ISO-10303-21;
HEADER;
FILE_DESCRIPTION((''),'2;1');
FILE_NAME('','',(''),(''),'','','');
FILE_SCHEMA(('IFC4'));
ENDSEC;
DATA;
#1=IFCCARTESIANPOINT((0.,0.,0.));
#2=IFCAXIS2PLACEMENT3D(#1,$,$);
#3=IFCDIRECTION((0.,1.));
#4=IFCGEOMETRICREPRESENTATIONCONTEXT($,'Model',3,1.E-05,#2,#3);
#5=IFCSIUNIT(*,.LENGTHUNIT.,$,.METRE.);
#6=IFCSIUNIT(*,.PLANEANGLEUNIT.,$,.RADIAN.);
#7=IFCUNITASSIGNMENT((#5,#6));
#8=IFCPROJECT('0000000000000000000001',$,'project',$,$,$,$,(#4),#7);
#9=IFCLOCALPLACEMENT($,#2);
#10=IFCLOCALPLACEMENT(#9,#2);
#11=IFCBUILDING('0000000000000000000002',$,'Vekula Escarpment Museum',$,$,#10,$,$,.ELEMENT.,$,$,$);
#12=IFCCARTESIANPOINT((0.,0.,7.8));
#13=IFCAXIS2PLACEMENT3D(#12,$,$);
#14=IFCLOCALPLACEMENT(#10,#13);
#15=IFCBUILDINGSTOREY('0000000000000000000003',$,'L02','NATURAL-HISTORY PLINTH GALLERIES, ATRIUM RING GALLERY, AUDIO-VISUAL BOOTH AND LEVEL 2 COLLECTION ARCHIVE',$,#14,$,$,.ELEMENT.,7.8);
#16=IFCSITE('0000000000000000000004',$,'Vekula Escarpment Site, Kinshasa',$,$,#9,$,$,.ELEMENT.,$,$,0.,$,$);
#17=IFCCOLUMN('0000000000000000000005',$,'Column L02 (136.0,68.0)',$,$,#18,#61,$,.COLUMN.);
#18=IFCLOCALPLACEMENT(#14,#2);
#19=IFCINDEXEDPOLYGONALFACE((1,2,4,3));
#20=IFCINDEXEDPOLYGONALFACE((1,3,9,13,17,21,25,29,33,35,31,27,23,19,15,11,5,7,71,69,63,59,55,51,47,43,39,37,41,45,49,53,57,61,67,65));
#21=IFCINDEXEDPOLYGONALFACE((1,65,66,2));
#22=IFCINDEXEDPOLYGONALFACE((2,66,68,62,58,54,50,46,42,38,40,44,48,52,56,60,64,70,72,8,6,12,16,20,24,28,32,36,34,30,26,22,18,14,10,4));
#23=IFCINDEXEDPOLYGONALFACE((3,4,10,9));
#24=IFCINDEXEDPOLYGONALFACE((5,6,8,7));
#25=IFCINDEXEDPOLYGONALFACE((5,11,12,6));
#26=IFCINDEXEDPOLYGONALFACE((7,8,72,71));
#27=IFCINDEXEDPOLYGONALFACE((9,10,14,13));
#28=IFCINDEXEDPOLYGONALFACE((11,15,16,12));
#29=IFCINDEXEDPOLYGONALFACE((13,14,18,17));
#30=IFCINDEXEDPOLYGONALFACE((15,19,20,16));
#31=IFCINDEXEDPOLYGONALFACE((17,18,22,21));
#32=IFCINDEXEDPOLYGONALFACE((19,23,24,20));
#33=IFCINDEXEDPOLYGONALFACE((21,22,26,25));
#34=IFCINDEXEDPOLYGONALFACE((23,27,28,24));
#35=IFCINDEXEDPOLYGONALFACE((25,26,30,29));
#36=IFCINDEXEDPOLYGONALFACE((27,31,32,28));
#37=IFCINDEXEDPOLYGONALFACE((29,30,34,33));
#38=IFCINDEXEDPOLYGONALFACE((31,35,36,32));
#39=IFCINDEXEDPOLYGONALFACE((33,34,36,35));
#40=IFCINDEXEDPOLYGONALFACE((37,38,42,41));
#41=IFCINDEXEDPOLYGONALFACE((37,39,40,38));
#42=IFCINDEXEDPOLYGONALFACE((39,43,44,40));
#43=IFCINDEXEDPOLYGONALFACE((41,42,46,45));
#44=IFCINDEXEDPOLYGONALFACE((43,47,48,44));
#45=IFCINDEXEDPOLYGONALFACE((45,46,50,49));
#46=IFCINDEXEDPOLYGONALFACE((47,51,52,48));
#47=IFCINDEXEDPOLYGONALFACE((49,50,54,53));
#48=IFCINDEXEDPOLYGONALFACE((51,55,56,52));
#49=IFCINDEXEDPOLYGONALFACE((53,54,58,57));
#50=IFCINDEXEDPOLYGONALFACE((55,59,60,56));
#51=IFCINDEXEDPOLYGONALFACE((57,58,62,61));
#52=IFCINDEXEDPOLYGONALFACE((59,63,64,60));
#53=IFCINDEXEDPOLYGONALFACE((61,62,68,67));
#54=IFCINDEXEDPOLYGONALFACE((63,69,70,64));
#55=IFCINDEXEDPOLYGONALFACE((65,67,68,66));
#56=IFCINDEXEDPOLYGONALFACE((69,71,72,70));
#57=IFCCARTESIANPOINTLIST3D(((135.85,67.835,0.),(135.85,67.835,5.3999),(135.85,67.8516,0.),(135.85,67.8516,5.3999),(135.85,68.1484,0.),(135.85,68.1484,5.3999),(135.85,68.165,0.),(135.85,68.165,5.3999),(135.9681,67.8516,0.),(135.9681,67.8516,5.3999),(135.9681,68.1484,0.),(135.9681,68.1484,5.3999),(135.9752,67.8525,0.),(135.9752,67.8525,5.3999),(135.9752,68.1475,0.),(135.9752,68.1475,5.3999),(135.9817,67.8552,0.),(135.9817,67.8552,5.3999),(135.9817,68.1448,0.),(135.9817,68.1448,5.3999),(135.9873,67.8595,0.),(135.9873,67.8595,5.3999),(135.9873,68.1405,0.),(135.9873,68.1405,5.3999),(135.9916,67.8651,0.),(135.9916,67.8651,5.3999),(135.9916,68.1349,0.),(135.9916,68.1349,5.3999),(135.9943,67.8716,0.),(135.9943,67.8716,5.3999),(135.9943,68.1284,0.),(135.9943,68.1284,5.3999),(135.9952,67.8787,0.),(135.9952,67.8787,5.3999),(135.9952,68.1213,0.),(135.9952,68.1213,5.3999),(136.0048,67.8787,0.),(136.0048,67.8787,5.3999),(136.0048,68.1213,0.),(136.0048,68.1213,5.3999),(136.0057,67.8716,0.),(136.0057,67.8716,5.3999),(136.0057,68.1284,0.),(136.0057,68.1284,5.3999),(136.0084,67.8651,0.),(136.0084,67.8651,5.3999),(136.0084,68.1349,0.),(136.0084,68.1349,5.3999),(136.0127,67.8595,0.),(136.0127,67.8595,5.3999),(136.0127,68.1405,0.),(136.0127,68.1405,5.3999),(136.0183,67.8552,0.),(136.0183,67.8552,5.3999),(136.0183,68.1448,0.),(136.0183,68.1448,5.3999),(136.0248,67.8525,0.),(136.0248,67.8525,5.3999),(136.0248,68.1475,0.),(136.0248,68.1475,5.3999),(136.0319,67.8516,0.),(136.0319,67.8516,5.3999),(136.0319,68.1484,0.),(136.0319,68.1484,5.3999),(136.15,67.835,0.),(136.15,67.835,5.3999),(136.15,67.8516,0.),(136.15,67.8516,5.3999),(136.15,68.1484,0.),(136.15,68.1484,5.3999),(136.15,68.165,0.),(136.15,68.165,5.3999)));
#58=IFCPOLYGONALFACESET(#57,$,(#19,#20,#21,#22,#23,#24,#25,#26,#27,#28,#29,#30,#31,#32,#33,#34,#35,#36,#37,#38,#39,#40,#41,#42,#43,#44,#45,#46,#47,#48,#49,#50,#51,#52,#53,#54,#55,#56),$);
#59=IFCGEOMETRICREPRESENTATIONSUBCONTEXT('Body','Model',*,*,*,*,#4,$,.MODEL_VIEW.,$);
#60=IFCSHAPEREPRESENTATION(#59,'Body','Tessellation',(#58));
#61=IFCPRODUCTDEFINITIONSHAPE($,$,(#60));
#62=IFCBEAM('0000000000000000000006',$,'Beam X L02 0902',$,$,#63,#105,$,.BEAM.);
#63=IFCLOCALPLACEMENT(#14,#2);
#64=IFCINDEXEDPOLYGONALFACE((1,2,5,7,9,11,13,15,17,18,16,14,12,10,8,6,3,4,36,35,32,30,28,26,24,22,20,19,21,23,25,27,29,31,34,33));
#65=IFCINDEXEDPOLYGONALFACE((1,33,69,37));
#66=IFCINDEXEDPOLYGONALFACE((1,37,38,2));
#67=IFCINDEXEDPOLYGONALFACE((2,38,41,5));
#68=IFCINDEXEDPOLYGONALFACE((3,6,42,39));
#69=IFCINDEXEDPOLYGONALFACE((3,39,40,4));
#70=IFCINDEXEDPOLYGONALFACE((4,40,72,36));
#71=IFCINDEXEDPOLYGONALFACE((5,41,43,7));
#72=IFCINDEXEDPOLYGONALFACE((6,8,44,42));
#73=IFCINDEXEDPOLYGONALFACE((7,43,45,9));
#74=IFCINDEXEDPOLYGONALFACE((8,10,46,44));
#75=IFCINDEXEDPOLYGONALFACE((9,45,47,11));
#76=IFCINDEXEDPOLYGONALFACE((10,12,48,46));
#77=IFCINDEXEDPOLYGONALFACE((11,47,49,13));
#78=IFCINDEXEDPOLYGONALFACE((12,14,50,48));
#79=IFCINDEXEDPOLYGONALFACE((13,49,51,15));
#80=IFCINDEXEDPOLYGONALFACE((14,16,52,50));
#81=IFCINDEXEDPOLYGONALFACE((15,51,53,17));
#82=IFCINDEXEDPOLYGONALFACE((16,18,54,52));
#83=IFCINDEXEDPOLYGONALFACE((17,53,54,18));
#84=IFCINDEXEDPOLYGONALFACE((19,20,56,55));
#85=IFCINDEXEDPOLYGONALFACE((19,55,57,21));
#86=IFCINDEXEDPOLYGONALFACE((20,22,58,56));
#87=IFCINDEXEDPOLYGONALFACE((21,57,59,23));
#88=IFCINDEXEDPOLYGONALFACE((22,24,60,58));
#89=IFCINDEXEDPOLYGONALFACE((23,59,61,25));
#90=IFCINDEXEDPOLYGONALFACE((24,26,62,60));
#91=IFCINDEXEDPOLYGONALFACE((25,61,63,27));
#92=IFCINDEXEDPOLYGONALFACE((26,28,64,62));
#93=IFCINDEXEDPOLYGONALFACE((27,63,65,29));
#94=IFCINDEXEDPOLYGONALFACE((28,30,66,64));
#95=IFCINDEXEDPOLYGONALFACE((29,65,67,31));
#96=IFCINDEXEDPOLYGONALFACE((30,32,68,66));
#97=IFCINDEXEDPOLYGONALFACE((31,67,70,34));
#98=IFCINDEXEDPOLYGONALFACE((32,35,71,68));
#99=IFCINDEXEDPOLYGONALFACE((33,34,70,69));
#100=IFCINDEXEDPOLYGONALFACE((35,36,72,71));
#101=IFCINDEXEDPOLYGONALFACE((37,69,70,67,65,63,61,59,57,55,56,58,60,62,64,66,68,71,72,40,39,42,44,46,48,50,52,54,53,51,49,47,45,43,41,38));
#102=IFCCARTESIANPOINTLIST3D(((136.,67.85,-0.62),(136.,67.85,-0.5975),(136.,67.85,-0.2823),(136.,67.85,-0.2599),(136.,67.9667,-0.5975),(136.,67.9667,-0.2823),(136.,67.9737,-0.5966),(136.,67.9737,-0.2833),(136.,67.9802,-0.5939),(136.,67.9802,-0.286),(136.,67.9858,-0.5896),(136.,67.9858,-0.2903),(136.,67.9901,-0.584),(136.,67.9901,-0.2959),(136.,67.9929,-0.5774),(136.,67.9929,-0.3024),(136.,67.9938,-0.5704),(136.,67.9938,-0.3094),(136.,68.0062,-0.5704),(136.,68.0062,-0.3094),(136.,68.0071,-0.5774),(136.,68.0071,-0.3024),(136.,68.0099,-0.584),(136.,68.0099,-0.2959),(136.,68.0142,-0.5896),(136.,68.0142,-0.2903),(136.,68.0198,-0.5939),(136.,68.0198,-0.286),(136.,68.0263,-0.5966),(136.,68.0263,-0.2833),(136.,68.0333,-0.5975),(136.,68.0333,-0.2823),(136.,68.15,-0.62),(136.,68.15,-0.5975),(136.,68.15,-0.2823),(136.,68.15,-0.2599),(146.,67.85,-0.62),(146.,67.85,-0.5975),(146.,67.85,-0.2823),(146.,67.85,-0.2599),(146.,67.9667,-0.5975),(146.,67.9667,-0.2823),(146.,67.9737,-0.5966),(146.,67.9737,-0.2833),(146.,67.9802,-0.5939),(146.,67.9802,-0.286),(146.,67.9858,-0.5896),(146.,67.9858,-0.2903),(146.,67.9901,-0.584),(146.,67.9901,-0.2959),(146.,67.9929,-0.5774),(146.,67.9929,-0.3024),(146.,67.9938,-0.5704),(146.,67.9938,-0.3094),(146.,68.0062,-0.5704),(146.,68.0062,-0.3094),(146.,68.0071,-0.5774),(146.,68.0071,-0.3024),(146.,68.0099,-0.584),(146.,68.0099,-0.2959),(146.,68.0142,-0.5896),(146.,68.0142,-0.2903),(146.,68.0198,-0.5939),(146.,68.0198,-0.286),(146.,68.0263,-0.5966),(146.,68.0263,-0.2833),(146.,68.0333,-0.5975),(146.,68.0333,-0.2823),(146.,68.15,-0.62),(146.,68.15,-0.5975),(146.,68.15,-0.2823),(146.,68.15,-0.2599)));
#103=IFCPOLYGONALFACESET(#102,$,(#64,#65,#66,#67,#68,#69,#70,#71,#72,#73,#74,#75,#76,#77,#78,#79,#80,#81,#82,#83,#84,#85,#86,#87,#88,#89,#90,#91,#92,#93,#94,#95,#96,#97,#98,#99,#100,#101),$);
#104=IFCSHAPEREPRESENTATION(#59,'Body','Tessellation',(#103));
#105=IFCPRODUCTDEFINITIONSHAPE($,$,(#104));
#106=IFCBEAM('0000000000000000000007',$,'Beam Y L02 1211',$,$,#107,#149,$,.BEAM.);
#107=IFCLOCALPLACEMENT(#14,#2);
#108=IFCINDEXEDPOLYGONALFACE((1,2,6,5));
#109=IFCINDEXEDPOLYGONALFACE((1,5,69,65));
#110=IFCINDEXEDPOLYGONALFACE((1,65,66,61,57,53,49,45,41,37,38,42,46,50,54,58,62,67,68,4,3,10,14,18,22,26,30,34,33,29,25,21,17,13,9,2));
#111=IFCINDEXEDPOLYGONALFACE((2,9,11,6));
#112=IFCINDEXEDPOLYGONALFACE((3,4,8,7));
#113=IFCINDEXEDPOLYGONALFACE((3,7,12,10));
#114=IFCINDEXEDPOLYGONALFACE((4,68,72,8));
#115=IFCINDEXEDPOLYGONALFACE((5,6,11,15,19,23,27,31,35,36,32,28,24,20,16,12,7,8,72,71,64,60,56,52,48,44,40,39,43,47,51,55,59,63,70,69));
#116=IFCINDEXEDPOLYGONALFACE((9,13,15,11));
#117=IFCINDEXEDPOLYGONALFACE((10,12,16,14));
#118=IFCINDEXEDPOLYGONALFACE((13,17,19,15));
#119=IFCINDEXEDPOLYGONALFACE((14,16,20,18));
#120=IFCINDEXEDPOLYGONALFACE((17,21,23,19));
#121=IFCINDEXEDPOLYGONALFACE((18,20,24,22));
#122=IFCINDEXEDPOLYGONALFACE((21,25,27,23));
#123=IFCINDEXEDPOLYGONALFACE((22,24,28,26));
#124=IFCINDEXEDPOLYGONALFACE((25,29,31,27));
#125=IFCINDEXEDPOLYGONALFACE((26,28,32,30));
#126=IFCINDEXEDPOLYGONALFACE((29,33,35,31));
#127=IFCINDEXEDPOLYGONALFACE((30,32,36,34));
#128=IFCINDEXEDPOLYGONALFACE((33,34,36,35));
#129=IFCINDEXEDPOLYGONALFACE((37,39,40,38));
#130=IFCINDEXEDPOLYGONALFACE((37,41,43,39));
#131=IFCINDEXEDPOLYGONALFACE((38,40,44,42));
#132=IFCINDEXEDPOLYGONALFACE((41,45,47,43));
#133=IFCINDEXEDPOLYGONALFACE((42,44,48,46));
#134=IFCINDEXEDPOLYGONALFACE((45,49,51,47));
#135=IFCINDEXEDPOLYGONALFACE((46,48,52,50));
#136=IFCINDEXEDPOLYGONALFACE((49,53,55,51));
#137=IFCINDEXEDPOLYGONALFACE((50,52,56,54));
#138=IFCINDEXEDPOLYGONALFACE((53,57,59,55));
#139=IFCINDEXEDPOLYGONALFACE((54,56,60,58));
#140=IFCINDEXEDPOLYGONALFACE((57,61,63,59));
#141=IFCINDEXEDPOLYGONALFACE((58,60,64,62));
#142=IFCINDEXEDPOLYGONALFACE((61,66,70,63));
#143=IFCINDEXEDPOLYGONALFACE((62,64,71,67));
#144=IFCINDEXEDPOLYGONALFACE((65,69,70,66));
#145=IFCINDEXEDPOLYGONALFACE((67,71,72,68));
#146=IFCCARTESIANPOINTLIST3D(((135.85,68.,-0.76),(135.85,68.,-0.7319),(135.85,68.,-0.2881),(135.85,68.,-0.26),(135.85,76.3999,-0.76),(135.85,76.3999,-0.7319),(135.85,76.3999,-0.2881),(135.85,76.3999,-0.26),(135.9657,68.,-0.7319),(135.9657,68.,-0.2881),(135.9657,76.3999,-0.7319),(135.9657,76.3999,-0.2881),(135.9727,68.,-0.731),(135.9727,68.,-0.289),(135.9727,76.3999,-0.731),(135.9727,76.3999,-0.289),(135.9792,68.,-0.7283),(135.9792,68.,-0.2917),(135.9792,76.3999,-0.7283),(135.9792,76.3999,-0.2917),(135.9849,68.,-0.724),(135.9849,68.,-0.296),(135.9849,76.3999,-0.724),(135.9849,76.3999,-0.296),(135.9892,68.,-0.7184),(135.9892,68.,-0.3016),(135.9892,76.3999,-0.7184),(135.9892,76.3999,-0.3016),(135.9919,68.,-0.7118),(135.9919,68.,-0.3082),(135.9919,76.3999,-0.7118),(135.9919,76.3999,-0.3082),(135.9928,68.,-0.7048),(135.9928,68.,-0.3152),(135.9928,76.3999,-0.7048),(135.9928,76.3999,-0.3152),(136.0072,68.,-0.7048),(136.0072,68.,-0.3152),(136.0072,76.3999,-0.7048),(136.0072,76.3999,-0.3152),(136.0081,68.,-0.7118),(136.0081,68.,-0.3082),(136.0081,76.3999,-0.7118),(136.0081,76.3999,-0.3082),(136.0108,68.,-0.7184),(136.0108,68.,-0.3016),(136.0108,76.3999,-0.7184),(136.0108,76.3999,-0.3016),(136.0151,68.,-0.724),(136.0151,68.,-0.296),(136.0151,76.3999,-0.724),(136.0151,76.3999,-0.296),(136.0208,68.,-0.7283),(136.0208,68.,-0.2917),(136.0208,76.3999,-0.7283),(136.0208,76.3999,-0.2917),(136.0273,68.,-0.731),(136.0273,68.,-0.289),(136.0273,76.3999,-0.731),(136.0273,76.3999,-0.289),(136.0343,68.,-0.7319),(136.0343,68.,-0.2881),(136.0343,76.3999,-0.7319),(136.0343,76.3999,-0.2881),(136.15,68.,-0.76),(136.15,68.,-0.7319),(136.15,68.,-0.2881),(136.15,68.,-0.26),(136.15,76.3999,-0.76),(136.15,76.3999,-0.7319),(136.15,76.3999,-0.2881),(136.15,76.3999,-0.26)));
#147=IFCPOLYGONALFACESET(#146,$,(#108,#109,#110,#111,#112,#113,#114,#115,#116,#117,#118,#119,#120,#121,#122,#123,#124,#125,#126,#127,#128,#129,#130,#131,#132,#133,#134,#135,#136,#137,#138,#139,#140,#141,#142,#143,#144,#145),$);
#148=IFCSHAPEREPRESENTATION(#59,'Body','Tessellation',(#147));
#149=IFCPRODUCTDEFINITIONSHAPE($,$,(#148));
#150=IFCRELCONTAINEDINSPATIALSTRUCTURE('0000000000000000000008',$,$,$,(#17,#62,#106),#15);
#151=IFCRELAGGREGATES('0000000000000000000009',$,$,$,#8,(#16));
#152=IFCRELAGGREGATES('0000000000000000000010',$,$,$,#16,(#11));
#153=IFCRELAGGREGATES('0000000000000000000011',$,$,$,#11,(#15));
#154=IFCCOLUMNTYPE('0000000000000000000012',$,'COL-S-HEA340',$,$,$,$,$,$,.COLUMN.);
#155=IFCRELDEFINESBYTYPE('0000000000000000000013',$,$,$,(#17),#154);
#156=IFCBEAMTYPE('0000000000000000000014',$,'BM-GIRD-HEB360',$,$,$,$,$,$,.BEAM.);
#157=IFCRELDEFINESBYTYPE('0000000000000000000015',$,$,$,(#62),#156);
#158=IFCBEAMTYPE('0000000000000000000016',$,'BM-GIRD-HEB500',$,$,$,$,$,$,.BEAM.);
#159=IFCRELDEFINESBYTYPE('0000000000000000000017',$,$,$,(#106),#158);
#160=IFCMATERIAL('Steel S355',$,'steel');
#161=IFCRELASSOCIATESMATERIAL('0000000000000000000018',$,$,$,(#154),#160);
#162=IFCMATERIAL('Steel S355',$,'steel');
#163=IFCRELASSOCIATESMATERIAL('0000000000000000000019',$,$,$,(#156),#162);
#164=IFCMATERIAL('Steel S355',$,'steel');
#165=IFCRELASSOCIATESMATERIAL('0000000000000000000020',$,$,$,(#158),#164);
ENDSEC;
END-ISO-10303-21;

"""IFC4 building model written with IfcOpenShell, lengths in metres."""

from ifc_helpers import new_model, si_unit, direction, frame, origin, origin_2d, place, context, subcontext, project, spatial, i_section, extrude, material, material_profile, profile_set, type_object, element, save


model = new_model("IFC4")

# Units and contexts
model_context = context("Model", 3, precision=1e-05, world=origin(), true_north=direction((0.0, 1.0)))
body_context = subcontext(model_context, "Body", "Model", "MODEL_VIEW")
ifc_project = project(units=[si_unit("LENGTHUNIT", "METRE"), si_unit("PLANEANGLEUNIT", "RADIAN")], contexts=[model_context])

# Site, building, storey
site_placement = place(None, origin())
site = spatial("IfcSite", under=ifc_project, at=site_placement, Name="Vekula Escarpment Site, Kinshasa", CompositionType="ELEMENT", RefElevation=0.0)
building_placement = place(site_placement, origin())
building = spatial("IfcBuilding", under=site, at=building_placement, Name="Vekula Escarpment Museum", CompositionType="ELEMENT")
storey_placement = place(building_placement, frame((0.0, 0.0, 7.8)))
storey = spatial("IfcBuildingStorey", under=building, at=storey_placement, Name="L02", Description="NATURAL-HISTORY PLINTH GALLERIES, ATRIUM RING GALLERY, AUDIO-VISUAL BOOTH AND LEVEL 2 COLLECTION ARCHIVE", CompositionType="ELEMENT", Elevation=7.8)

# Column
ifc_material_1 = material(Name="Steel S355", Category="steel")
ifc_material_profile_1 = material_profile(ifc_material_1, i_section(OverallWidth=0.3, OverallDepth=0.3301, WebThickness=0.0095, FlangeThickness=0.0166, FilletRadius=0.0271, at=origin_2d()), Name="HEA 340")
ifc_profile_set_1 = profile_set([ifc_material_profile_1], Name="Steel S355")
column_type = type_object("IfcColumnType", Name="COL-S-HEA340", PredefinedType="COLUMN", material=ifc_profile_set_1)
column_placement = place(storey_placement, frame((136.0, 68.0, 0.0), z_axis=(0.0, 0.0, 1.0), x_axis=(1.0, 0.0, 0.0)))
element("IfcColumn", 1, at=column_placement, inside=storey, type_object=column_type, Name="Column L02 (136.0,68.0)", PredefinedType="COLUMN", context=body_context, shape_type="SweptSolid", body=[
    extrude(i_section(OverallWidth=0.3, OverallDepth=0.3301, WebThickness=0.0095, FlangeThickness=0.0166, FilletRadius=0.0271, at=origin_2d()), origin(), (0.0, 0.0, 1.0), 5.3999),
])

# Beams
ifc_material_2 = material(Name="Steel S355", Category="steel")
ifc_material_profile_2 = material_profile(ifc_material_2, i_section(OverallWidth=0.3, OverallDepth=0.3601, WebThickness=0.0125, FlangeThickness=0.0225, FilletRadius=0.0271, at=origin_2d()), Name="HEB 360")
ifc_profile_set_2 = profile_set([ifc_material_profile_2], Name="Steel S355")
beam_type_1 = type_object("IfcBeamType", Name="BM-GIRD-HEB360", PredefinedType="BEAM", material=ifc_profile_set_2)
beam_1_placement = place(storey_placement, frame((136.0, 68.0, -0.4399), z_axis=(1.0, 0.0, 0.0), x_axis=(0.0, 1.0, 0.0)))
element("IfcBeam", 2, at=beam_1_placement, inside=storey, type_object=beam_type_1, Name="Beam X L02 0902", PredefinedType="BEAM", context=body_context, shape_type="SweptSolid", body=[
    extrude(i_section(OverallWidth=0.3, OverallDepth=0.3601, WebThickness=0.0125, FlangeThickness=0.0225, FilletRadius=0.0271, at=origin_2d()), origin(), (0.0, 0.0, 1.0), 10.0),
])
ifc_material_3 = material(Name="Steel S355", Category="steel")
ifc_material_profile_3 = material_profile(ifc_material_3, i_section(OverallWidth=0.3, OverallDepth=0.5, WebThickness=0.0144, FlangeThickness=0.0281, FilletRadius=0.0271, at=origin_2d()), Name="HEB 500")
ifc_profile_set_3 = profile_set([ifc_material_profile_3], Name="Steel S355")
beam_type_2 = type_object("IfcBeamType", Name="BM-GIRD-HEB500", PredefinedType="BEAM", material=ifc_profile_set_3)
beam_2_placement = place(storey_placement, frame((136.0, 68.0, -0.51), z_axis=(0.0, 1.0, 0.0), x_axis=(-1.0, 0.0, 0.0)))
element("IfcBeam", 3, at=beam_2_placement, inside=storey, type_object=beam_type_2, Name="Beam Y L02 1211", PredefinedType="BEAM", context=body_context, shape_type="SweptSolid", body=[
    extrude(i_section(OverallWidth=0.3, OverallDepth=0.5, WebThickness=0.0144, FlangeThickness=0.0281, FilletRadius=0.0271, at=origin_2d()), origin(), (0.0, 0.0, 1.0), 8.3999),
])

save(model, "model.ifc")
